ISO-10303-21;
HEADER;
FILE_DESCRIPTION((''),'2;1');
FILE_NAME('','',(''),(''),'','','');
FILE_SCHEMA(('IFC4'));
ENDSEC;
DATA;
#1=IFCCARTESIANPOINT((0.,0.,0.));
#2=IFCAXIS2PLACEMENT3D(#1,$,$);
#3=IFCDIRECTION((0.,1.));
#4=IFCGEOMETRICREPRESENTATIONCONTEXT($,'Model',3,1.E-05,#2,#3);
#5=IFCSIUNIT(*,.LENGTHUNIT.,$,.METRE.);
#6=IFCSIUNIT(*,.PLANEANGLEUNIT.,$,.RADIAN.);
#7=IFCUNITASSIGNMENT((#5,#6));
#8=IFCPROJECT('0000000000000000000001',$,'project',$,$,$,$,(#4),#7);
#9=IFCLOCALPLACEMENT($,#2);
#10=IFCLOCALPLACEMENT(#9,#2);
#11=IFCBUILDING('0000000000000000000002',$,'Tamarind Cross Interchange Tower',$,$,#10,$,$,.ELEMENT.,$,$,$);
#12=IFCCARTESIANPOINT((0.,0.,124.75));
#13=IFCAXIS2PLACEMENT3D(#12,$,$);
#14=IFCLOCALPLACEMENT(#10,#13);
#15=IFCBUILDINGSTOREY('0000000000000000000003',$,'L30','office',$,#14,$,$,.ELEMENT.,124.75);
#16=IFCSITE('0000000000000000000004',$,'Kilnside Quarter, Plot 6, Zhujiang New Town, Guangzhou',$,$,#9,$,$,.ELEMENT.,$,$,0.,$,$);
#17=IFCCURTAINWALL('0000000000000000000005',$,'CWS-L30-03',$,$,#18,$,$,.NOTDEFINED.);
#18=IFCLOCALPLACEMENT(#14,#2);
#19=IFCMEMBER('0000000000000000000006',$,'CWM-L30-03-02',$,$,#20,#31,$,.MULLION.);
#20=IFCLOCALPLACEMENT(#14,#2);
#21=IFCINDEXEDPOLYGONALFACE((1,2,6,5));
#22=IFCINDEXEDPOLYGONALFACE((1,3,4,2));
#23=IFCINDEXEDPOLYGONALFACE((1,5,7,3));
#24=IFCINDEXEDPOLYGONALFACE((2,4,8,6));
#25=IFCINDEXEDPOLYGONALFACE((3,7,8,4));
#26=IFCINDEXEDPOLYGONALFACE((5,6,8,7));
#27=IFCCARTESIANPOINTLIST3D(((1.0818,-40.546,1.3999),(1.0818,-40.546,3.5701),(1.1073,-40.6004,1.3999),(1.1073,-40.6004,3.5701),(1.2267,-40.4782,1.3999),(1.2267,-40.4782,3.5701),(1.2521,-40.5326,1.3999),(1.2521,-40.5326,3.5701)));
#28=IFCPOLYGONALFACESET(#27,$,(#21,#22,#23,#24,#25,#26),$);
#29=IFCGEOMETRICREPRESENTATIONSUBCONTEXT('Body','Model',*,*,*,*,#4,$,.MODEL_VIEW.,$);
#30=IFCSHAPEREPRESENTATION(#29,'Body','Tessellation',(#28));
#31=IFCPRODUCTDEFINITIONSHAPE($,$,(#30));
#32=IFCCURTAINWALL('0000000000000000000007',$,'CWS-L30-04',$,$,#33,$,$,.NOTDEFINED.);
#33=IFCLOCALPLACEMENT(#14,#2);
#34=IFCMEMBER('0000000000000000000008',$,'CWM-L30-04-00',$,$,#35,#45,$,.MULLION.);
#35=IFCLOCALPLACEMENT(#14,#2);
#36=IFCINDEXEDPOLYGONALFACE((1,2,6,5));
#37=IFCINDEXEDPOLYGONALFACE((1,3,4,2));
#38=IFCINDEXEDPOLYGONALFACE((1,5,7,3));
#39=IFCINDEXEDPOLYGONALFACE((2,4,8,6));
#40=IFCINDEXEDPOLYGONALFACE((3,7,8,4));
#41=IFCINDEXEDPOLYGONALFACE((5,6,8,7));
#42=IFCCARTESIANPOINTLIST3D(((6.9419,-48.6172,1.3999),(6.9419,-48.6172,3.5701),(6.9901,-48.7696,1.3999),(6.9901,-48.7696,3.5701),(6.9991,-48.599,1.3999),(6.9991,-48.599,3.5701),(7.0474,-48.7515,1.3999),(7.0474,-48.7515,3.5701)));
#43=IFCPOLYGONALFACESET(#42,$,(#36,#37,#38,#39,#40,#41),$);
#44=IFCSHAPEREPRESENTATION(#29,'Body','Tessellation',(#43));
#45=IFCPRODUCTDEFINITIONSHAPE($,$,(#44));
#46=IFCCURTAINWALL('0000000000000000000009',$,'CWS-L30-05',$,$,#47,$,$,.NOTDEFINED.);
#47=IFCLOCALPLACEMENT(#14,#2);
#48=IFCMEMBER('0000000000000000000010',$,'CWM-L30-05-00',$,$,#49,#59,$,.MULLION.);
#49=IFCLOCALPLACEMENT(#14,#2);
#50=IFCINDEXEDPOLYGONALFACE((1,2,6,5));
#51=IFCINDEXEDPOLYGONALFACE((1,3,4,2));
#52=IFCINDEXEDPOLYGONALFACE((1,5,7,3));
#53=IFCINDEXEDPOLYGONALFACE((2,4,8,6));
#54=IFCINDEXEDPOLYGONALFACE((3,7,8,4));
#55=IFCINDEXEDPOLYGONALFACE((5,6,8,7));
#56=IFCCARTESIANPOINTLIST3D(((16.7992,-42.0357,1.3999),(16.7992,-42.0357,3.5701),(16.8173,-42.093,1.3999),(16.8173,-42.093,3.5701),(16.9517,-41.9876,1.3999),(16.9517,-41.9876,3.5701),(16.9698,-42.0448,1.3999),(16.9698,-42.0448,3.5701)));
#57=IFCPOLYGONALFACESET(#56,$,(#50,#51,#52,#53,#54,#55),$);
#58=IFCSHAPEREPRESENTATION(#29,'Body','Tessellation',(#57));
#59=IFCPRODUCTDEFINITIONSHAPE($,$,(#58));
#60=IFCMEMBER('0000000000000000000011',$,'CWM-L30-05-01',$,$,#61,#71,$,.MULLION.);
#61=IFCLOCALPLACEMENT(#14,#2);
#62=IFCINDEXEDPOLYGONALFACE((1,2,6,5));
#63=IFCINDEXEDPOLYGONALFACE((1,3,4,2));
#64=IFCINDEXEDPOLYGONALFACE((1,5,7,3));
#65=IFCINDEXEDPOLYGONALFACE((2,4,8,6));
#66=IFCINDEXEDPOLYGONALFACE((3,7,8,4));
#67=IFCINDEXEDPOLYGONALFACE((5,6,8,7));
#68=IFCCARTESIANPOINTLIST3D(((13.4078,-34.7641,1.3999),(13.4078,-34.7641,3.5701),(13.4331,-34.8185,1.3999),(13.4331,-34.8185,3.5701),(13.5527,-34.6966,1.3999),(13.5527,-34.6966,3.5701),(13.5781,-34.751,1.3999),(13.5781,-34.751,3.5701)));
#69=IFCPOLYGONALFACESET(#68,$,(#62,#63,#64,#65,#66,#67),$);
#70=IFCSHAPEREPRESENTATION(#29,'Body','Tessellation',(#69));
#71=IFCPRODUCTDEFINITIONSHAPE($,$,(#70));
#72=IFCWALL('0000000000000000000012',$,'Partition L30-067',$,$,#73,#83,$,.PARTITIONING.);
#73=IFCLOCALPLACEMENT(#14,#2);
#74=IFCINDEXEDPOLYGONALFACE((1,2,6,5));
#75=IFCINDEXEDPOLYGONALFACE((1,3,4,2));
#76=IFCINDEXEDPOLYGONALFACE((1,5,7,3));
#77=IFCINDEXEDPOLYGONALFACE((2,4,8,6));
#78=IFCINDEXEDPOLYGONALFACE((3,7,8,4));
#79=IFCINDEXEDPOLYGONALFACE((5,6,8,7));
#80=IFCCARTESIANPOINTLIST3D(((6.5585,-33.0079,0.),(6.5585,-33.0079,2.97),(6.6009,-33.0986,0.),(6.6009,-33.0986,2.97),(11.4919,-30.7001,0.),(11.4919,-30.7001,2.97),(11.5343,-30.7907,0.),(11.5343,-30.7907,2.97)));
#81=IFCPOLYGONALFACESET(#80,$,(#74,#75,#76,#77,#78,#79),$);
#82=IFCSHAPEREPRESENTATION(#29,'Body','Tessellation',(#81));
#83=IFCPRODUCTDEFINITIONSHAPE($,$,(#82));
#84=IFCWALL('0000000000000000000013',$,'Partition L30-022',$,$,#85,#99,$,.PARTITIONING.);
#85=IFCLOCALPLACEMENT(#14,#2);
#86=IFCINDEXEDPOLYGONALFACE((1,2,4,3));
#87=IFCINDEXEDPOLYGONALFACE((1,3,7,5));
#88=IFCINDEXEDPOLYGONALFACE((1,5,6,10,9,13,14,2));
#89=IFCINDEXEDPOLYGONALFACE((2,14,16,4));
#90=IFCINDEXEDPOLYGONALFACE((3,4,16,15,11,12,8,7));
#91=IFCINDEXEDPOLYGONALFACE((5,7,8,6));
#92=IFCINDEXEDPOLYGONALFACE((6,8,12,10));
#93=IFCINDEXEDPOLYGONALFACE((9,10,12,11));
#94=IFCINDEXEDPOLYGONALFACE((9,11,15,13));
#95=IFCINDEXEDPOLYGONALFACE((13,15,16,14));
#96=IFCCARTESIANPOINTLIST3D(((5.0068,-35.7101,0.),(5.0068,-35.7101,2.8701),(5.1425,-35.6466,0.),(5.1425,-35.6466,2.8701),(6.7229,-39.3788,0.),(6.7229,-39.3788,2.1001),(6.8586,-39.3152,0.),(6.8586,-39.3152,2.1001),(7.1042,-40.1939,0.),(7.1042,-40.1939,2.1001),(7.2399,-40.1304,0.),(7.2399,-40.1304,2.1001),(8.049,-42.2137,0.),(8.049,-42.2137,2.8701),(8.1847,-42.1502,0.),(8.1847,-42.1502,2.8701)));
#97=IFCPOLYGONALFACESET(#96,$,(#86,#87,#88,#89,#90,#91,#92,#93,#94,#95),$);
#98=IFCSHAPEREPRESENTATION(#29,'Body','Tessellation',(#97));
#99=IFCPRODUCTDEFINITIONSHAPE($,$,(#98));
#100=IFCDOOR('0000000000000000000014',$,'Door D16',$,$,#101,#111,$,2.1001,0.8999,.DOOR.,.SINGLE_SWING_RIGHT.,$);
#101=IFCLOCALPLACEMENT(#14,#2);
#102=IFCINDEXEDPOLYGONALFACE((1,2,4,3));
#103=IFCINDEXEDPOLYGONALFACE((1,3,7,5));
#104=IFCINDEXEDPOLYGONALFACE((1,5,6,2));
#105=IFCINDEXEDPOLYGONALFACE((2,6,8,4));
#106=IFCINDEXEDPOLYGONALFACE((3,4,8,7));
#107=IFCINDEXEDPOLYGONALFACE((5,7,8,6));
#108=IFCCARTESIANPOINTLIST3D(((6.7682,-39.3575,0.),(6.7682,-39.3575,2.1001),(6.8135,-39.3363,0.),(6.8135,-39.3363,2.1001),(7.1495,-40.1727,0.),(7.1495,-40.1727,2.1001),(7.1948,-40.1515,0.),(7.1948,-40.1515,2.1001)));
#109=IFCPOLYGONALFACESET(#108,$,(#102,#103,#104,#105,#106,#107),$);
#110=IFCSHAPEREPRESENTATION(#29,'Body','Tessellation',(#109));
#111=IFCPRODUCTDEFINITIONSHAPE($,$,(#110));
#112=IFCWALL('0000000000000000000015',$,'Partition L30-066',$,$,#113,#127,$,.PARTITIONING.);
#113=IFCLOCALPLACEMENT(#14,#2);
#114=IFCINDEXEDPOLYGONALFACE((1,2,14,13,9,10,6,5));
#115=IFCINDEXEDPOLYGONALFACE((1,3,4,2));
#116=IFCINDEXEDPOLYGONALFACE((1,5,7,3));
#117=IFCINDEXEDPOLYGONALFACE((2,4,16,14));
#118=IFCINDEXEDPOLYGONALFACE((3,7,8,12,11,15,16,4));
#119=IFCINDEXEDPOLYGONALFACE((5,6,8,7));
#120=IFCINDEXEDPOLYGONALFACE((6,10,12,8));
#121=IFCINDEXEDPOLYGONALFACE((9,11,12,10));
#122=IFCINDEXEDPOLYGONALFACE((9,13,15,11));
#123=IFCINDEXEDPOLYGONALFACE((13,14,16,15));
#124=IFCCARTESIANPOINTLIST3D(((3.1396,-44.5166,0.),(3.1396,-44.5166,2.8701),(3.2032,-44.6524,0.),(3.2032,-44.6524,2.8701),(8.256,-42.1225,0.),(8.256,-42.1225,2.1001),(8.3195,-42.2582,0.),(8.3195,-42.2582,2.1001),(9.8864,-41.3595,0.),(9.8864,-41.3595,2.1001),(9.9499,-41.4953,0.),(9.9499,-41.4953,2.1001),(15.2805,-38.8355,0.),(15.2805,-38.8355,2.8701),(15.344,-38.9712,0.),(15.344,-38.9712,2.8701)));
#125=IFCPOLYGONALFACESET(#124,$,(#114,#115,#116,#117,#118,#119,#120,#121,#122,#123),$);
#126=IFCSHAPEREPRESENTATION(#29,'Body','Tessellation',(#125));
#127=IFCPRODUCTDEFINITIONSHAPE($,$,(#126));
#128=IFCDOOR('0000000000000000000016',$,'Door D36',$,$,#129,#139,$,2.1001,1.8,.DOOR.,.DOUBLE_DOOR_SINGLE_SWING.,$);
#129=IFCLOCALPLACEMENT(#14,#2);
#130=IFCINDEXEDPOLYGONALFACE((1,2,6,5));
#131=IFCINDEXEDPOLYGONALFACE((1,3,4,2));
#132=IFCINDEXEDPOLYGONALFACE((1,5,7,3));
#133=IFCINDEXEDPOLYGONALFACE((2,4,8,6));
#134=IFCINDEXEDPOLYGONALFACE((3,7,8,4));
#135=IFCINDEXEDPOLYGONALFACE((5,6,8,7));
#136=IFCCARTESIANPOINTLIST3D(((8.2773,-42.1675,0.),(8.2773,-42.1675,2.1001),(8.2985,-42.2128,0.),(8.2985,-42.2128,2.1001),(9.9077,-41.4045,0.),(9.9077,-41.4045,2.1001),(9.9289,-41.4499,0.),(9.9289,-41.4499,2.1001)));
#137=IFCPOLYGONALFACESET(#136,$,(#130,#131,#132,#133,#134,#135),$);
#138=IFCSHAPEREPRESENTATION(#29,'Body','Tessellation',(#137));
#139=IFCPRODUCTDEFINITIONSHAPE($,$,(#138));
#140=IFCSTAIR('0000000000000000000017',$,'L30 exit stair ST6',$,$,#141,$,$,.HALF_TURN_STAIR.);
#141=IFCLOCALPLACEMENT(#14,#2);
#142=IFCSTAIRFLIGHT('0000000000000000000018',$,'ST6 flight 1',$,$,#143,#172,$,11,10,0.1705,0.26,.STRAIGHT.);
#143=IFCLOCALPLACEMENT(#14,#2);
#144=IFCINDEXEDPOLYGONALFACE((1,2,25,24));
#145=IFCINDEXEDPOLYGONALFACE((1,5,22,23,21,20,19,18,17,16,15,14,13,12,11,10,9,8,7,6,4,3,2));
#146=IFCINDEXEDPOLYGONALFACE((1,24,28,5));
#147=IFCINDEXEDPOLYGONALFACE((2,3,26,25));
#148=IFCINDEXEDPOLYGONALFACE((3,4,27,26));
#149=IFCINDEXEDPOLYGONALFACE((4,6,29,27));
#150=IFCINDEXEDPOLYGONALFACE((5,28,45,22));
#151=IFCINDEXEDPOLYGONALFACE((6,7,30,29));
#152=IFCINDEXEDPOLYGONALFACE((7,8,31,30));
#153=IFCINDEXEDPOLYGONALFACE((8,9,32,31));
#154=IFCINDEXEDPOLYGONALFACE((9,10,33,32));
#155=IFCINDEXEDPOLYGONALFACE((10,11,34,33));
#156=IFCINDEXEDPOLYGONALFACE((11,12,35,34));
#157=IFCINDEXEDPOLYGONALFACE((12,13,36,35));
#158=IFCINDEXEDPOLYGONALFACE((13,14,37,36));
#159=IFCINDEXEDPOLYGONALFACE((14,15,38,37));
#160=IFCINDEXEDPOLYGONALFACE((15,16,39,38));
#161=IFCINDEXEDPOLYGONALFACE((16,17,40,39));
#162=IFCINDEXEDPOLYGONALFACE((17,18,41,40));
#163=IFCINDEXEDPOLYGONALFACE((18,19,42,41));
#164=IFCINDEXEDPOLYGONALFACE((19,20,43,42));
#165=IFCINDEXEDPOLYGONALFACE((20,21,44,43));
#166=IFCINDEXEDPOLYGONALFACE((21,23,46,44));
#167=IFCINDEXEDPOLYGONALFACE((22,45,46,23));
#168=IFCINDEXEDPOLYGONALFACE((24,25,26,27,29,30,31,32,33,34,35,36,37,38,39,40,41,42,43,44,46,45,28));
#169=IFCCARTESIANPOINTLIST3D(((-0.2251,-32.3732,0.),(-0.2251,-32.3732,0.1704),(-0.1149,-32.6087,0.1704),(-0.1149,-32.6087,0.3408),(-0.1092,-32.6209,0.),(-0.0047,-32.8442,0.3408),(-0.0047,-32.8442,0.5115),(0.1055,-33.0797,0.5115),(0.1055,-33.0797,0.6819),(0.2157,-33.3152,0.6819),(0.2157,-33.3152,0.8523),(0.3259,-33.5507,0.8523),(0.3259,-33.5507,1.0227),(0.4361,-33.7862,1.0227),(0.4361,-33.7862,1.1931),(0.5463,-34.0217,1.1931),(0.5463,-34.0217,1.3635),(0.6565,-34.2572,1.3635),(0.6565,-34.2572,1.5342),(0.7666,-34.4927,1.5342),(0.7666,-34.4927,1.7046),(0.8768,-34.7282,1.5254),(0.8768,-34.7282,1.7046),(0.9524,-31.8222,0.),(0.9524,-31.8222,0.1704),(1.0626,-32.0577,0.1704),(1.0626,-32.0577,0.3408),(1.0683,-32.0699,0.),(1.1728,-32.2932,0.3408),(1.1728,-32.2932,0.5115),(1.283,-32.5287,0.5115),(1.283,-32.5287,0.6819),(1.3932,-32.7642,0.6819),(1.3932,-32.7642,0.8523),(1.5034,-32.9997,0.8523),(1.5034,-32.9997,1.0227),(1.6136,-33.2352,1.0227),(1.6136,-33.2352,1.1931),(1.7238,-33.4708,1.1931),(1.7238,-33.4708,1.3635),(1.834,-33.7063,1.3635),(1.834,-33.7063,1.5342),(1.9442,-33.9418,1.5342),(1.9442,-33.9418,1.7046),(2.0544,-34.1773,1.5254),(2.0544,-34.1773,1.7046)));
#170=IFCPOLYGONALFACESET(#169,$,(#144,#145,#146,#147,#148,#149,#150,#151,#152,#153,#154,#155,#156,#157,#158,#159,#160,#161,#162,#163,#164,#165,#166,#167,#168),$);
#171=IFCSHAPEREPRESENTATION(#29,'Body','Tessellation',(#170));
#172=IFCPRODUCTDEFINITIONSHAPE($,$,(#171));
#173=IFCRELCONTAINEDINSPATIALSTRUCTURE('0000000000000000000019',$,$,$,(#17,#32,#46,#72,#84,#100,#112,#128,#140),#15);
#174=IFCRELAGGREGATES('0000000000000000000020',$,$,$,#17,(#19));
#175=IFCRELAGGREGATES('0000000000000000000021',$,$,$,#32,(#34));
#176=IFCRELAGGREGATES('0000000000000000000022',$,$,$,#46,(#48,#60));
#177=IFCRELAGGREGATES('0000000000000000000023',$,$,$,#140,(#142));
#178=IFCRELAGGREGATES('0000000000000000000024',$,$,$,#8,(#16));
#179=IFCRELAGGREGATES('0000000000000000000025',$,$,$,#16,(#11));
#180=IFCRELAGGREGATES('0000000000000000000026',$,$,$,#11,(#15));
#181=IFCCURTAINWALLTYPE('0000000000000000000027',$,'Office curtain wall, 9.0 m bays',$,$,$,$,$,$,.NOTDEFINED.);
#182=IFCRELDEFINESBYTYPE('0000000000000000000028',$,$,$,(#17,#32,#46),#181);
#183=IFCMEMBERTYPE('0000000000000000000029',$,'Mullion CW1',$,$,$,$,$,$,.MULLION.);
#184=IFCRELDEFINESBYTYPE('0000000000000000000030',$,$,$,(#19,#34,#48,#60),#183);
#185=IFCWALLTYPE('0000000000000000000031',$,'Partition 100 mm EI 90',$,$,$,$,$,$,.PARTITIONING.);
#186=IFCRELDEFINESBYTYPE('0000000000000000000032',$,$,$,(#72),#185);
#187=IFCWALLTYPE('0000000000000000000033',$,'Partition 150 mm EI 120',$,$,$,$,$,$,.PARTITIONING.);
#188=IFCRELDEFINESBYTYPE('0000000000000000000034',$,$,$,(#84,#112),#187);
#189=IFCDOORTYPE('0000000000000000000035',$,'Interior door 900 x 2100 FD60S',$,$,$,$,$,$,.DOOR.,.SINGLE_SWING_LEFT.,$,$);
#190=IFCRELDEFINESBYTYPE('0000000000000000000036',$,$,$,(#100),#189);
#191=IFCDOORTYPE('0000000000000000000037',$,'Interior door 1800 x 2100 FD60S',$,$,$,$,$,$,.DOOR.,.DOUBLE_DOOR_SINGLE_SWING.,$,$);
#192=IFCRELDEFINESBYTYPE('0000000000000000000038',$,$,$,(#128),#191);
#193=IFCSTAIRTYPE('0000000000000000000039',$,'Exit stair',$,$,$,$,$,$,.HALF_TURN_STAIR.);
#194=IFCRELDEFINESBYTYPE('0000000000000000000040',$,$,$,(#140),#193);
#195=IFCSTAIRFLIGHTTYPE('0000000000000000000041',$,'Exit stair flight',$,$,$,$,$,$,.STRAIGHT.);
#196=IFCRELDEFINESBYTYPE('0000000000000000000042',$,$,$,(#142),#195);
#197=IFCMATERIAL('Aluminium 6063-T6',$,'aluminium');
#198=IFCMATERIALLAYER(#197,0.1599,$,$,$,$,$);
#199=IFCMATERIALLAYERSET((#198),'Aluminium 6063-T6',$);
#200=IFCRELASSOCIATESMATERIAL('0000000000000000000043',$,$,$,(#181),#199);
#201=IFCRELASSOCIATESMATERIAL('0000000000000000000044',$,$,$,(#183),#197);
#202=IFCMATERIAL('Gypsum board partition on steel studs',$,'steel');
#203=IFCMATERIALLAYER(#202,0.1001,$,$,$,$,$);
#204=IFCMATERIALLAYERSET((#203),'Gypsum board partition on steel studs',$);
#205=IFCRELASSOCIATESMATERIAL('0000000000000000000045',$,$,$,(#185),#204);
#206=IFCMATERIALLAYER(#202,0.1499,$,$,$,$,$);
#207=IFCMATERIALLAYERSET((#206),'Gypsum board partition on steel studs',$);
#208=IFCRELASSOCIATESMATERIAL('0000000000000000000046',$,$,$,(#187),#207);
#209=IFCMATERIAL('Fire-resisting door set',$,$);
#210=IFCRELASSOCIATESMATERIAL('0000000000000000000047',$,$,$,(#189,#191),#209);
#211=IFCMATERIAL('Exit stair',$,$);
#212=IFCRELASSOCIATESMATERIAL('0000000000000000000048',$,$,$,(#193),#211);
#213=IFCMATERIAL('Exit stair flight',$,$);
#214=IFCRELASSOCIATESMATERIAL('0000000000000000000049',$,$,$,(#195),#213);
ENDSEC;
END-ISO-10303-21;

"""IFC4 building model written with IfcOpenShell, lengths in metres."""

from ifc_helpers import new_model, si_unit, direction, frame, frame_2d, origin, origin_2d, place, context, subcontext, project, spatial, polyline, rectangle, outline, extrude, material, layer, layer_set, material_profile, profile_set, type_object, element, fill, aggregate, save


model = new_model("IFC4")

# Units and contexts
model_context = context("Model", 3, precision=1e-05, world=origin(), true_north=direction((0.0, 1.0)))
body_context = subcontext(model_context, "Body", "Model", "MODEL_VIEW")
ifc_project = project(units=[si_unit("LENGTHUNIT", "METRE"), si_unit("PLANEANGLEUNIT", "RADIAN")], contexts=[model_context])

# Site, building, storey
site_placement = place(None, origin())
site = spatial("IfcSite", under=ifc_project, at=site_placement, Name="Kilnside Quarter, Plot 6, Zhujiang New Town, Guangzhou", CompositionType="ELEMENT", RefElevation=0.0)
building_placement = place(site_placement, origin())
building = spatial("IfcBuilding", under=site, at=building_placement, Name="Tamarind Cross Interchange Tower", CompositionType="ELEMENT")
storey_placement = place(building_placement, frame((0.0, 0.0, 124.75)))
storey = spatial("IfcBuildingStorey", under=building, at=storey_placement, Name="L30", Description="office", CompositionType="ELEMENT", Elevation=124.75)

# Curtain walls, members
ifc_material_1 = material(Name="Aluminium 6063-T6", Category="aluminium")
ifc_layer_1 = layer(ifc_material_1, 0.1599)
ifc_layer_set_1 = layer_set([ifc_layer_1], Name="Aluminium 6063-T6")
curtain_wall_type = type_object("IfcCurtainWallType", Name="Office curtain wall, 9.0 m bays", PredefinedType="NOTDEFINED", material=ifc_layer_set_1)
curtain_wall_1_placement = place(storey_placement, origin())
curtain_wall_1 = element("IfcCurtainWall", 1, at=curtain_wall_1_placement, inside=storey, type_object=curtain_wall_type, Name="CWS-L30-03", PredefinedType="NOTDEFINED")
ifc_material_profile_1 = material_profile(ifc_material_1, rectangle(XDim=0.0601, YDim=0.1599, at=origin_2d()), Name="Mullion CW1")
ifc_profile_set_1 = profile_set([ifc_material_profile_1], Name="Aluminium 6063-T6")
member_type = type_object("IfcMemberType", Name="Mullion CW1", PredefinedType="MULLION", material=ifc_profile_set_1)
member_1_placement = place(storey_placement, frame((1.167, -40.5393, 1.3999), z_axis=(0.0, 0.0, 1.0), x_axis=(0.423807, -0.905752, 0.0)))
member_1 = element("IfcMember", 2, at=member_1_placement, type_object=member_type, Name="CWM-L30-03-02", PredefinedType="MULLION", context=body_context, shape_type="SweptSolid", body=[
    extrude(rectangle(XDim=0.0601, YDim=0.1599, at=origin_2d()), origin(), (0.0, 0.0, 1.0), 2.1702),
])
aggregate(curtain_wall_1, [member_1])
curtain_wall_2_placement = place(storey_placement, origin())
curtain_wall_2 = element("IfcCurtainWall", 3, at=curtain_wall_2_placement, inside=storey, type_object=curtain_wall_type, Name="CWS-L30-04", PredefinedType="NOTDEFINED")
member_2_placement = place(storey_placement, frame((6.9946, -48.6843, 1.3999), z_axis=(0.0, 0.0, 1.0), x_axis=(0.953321, 0.301957, 0.0)))
member_2 = element("IfcMember", 4, at=member_2_placement, type_object=member_type, Name="CWM-L30-04-00", PredefinedType="MULLION", context=body_context, shape_type="SweptSolid", body=[
    extrude(rectangle(XDim=0.0601, YDim=0.1599, at=origin_2d()), origin(), (0.0, 0.0, 1.0), 2.1702),
])
aggregate(curtain_wall_2, [member_2])

# Curtain wall, members
curtain_wall_3_placement = place(storey_placement, origin())
curtain_wall_3 = element("IfcCurtainWall", 5, at=curtain_wall_3_placement, inside=storey, type_object=curtain_wall_type, Name="CWS-L30-05", PredefinedType="NOTDEFINED")
member_3_placement = place(storey_placement, frame((16.8845, -42.0403, 1.3999), z_axis=(0.0, 0.0, 1.0), x_axis=(-0.301098, 0.953593, 0.0)))
member_3 = element("IfcMember", 6, at=member_3_placement, type_object=member_type, Name="CWM-L30-05-00", PredefinedType="MULLION", context=body_context, shape_type="SweptSolid", body=[
    extrude(rectangle(XDim=0.0601, YDim=0.1599, at=origin_2d()), origin(), (0.0, 0.0, 1.0), 2.1702),
])
member_4_placement = place(storey_placement, frame((13.4929, -34.7576, 1.3999), z_axis=(0.0, 0.0, 1.0), x_axis=(-0.422174, 0.906515, 0.0)))
member_4 = element("IfcMember", 7, at=member_4_placement, type_object=member_type, Name="CWM-L30-05-01", PredefinedType="MULLION", context=body_context, shape_type="SweptSolid", body=[
    extrude(rectangle(XDim=0.0601, YDim=0.1599, at=origin_2d()), origin(), (0.0, 0.0, 1.0), 2.1702),
])
aggregate(curtain_wall_3, [member_3, member_4])

# Wall
ifc_material_2 = material(Name="Gypsum board partition on steel studs", Category="steel")
ifc_layer_2 = layer(ifc_material_2, 0.1001)
ifc_layer_set_2 = layer_set([ifc_layer_2], Name="Gypsum board partition on steel studs")
wall_type_1 = type_object("IfcWallType", Name="Partition 100 mm EI 90", PredefinedType="PARTITIONING", material=ifc_layer_set_2)
wall_1_placement = place(storey_placement, frame((6.5798, -33.0532, 0.0), z_axis=(0.0, 0.0, 1.0), x_axis=(0.905787, 0.423734, 0.0)))
element("IfcWall", 8, at=wall_1_placement, inside=storey, type_object=wall_type_1, Name="Partition L30-067", PredefinedType="PARTITIONING", context=body_context, shape_type="SweptSolid", body=[
    extrude(rectangle(XDim=5.4465, YDim=0.1001, at=frame_2d((2.7231, 0.0))), origin(), (0.0, 0.0, 1.0), 2.97),
])

# Walls, openings, doors
ifc_layer_3 = layer(ifc_material_2, 0.1499)
ifc_layer_set_3 = layer_set([ifc_layer_3], Name="Gypsum board partition on steel studs")
wall_type_2 = type_object("IfcWallType", Name="Partition 150 mm EI 120", PredefinedType="PARTITIONING", material=ifc_layer_set_3)
wall_2_placement = place(storey_placement, frame((5.0747, -35.6785, 0.0), z_axis=(0.0, 0.0, 1.0), x_axis=(0.423708, -0.905799, 0.0)))
wall_2 = element("IfcWall", 9, at=wall_2_placement, inside=storey, type_object=wall_type_2, Name="Partition L30-022", PredefinedType="PARTITIONING", context=body_context, shape_type="SweptSolid", body=[
    extrude(rectangle(XDim=7.1799, YDim=0.1499, at=frame_2d((3.5898, 0.0))), origin(), (0.0, 0.0, 1.0), 2.8701),
])
opening_1_placement = place(wall_2_placement, frame((4.05, 0.0, 0.0)))
opening_1 = element("IfcOpeningElement", 10, at=opening_1_placement, cuts=wall_2, PredefinedType="OPENING", context=body_context, shape_type="SweptSolid", body=[
    extrude(rectangle(XDim=0.8999, YDim=2.1001, at=frame_2d((0.45, 1.05))), frame((0.0, 0.085, 0.0), z_axis=(0.0, -1.0, 0.0), x_axis=(1.0, 0.0, 0.0)), (0.0, 0.0, 1.0), 0.1699),
])
ifc_material_3 = material(Name="Fire-resisting door set")
door_type_1 = type_object("IfcDoorType", Name="Interior door 900 x 2100 FD60S", OperationType="SINGLE_SWING_LEFT", PredefinedType="DOOR", material=ifc_material_3)
door_1_placement = place(opening_1_placement, frame((0.8999, 0.0, 0.0), z_axis=(0.0, 0.0, 1.0), x_axis=(-1.0, 0.0, 0.0)))
door_1 = element("IfcDoor", 11, at=door_1_placement, inside=storey, type_object=door_type_1, Name="Door D16", OperationType="SINGLE_SWING_RIGHT", OverallHeight=2.1001, OverallWidth=0.8999, PredefinedType="DOOR", context=body_context, shape_type="SweptSolid", body=[
    extrude(rectangle(XDim=0.8999, YDim=2.1001, at=frame_2d((0.45, 1.05))), frame((0.0, 0.0249, 0.0), z_axis=(0.0, -1.0, 0.0), x_axis=(1.0, 0.0, 0.0)), (0.0, 0.0, 1.0), 0.05),
])
fill(opening_1, door_1)
wall_3_placement = place(storey_placement, frame((3.1714, -44.5845, 0.0), z_axis=(0.0, 0.0, 1.0), x_axis=(0.905742, 0.423829, 0.0)))
wall_3 = element("IfcWall", 12, at=wall_3_placement, inside=storey, type_object=wall_type_2, Name="Partition L30-066", PredefinedType="PARTITIONING", context=body_context, shape_type="SweptSolid", body=[
    extrude(rectangle(XDim=13.4043, YDim=0.1499, at=frame_2d((6.7021, 0.0))), origin(), (0.0, 0.0, 1.0), 2.8701),
])
opening_2_placement = place(wall_3_placement, frame((5.6489, 0.0, 0.0)))
opening_2 = element("IfcOpeningElement", 13, at=opening_2_placement, cuts=wall_3, PredefinedType="OPENING", context=body_context, shape_type="SweptSolid", body=[
    extrude(rectangle(XDim=1.8, YDim=2.1001, at=frame_2d((0.8999, 1.05))), frame((0.0, 0.085, 0.0), z_axis=(0.0, -1.0, 0.0), x_axis=(1.0, 0.0, 0.0)), (0.0, 0.0, 1.0), 0.1699),
])
door_type_2 = type_object("IfcDoorType", Name="Interior door 1800 x 2100 FD60S", OperationType="DOUBLE_DOOR_SINGLE_SWING", PredefinedType="DOOR", material=ifc_material_3)
door_2_placement = place(opening_2_placement, frame((1.8, 0.0, 0.0), z_axis=(0.0, 0.0, 1.0), x_axis=(-1.0, 0.0, 0.0)))
door_2 = element("IfcDoor", 14, at=door_2_placement, inside=storey, type_object=door_type_2, Name="Door D36", OperationType="DOUBLE_DOOR_SINGLE_SWING", OverallHeight=2.1001, OverallWidth=1.8, PredefinedType="DOOR", context=body_context, shape_type="SweptSolid", body=[
    extrude(rectangle(XDim=1.8, YDim=2.1001, at=frame_2d((0.8999, 1.05))), frame((0.0, 0.0249, 0.0), z_axis=(0.0, -1.0, 0.0), x_axis=(1.0, 0.0, 0.0)), (0.0, 0.0, 1.0), 0.05),
])
fill(opening_2, door_2)

# Stair, stair flight
ifc_material_4 = material(Name="Exit stair")
stair_type = type_object("IfcStairType", Name="Exit stair", PredefinedType="HALF_TURN_STAIR", material=ifc_material_4)
stair_placement = place(storey_placement, origin())
stair = element("IfcStair", 15, at=stair_placement, inside=storey, type_object=stair_type, Name="L30 exit stair ST6", PredefinedType="HALF_TURN_STAIR")
ifc_material_5 = material(Name="Exit stair flight")
stair_flight_type = type_object("IfcStairFlightType", Name="Exit stair flight", PredefinedType="STRAIGHT", material=ifc_material_5)
stair_flight_1_placement = place(storey_placement, frame((0.3638, -32.0977, 0.0), z_axis=(0.0, 0.0, 1.0), x_axis=(0.423807, -0.905752, 0.0)))
stair_flight_1 = element("IfcStairFlight", 16, at=stair_flight_1_placement, type_object=stair_flight_type, Name="ST6 flight 1", NumberOfRisers=11, NumberOfTreads=10, PredefinedType="STRAIGHT", RiserHeight=0.1705, TreadLength=0.26, context=body_context, shape_type="SweptSolid", body=[
    extrude(outline(polyline([(0.0, 0.0), (0.0, 0.1704), (0.26, 0.1704), (0.26, 0.3408), (0.52, 0.3408), (0.52, 0.5115), (0.78, 0.5115), (0.78, 0.6819), (1.04, 0.6819), (1.04, 0.8523), (1.3, 0.8523), (1.3, 1.0227), (1.5601, 1.0227), (1.5601, 1.1931), (1.8201, 1.1931), (1.8201, 1.3635), (2.0801, 1.3635), (2.0801, 1.5342), (2.3401, 1.5342), (2.3401, 1.7046), (2.6001, 1.7046), (2.6001, 1.875), (2.6001, 1.5254), (0.2734, 0.0), (0.0, 0.0)])), frame((0.0, 0.6499, 0.0), z_axis=(0.0, -1.0, 0.0), x_axis=(1.0, 0.0, 0.0)), (0.0, 0.0, 1.0), 1.3),
])
aggregate(stair, [stair_flight_1])

save(model, "model.ifc")
